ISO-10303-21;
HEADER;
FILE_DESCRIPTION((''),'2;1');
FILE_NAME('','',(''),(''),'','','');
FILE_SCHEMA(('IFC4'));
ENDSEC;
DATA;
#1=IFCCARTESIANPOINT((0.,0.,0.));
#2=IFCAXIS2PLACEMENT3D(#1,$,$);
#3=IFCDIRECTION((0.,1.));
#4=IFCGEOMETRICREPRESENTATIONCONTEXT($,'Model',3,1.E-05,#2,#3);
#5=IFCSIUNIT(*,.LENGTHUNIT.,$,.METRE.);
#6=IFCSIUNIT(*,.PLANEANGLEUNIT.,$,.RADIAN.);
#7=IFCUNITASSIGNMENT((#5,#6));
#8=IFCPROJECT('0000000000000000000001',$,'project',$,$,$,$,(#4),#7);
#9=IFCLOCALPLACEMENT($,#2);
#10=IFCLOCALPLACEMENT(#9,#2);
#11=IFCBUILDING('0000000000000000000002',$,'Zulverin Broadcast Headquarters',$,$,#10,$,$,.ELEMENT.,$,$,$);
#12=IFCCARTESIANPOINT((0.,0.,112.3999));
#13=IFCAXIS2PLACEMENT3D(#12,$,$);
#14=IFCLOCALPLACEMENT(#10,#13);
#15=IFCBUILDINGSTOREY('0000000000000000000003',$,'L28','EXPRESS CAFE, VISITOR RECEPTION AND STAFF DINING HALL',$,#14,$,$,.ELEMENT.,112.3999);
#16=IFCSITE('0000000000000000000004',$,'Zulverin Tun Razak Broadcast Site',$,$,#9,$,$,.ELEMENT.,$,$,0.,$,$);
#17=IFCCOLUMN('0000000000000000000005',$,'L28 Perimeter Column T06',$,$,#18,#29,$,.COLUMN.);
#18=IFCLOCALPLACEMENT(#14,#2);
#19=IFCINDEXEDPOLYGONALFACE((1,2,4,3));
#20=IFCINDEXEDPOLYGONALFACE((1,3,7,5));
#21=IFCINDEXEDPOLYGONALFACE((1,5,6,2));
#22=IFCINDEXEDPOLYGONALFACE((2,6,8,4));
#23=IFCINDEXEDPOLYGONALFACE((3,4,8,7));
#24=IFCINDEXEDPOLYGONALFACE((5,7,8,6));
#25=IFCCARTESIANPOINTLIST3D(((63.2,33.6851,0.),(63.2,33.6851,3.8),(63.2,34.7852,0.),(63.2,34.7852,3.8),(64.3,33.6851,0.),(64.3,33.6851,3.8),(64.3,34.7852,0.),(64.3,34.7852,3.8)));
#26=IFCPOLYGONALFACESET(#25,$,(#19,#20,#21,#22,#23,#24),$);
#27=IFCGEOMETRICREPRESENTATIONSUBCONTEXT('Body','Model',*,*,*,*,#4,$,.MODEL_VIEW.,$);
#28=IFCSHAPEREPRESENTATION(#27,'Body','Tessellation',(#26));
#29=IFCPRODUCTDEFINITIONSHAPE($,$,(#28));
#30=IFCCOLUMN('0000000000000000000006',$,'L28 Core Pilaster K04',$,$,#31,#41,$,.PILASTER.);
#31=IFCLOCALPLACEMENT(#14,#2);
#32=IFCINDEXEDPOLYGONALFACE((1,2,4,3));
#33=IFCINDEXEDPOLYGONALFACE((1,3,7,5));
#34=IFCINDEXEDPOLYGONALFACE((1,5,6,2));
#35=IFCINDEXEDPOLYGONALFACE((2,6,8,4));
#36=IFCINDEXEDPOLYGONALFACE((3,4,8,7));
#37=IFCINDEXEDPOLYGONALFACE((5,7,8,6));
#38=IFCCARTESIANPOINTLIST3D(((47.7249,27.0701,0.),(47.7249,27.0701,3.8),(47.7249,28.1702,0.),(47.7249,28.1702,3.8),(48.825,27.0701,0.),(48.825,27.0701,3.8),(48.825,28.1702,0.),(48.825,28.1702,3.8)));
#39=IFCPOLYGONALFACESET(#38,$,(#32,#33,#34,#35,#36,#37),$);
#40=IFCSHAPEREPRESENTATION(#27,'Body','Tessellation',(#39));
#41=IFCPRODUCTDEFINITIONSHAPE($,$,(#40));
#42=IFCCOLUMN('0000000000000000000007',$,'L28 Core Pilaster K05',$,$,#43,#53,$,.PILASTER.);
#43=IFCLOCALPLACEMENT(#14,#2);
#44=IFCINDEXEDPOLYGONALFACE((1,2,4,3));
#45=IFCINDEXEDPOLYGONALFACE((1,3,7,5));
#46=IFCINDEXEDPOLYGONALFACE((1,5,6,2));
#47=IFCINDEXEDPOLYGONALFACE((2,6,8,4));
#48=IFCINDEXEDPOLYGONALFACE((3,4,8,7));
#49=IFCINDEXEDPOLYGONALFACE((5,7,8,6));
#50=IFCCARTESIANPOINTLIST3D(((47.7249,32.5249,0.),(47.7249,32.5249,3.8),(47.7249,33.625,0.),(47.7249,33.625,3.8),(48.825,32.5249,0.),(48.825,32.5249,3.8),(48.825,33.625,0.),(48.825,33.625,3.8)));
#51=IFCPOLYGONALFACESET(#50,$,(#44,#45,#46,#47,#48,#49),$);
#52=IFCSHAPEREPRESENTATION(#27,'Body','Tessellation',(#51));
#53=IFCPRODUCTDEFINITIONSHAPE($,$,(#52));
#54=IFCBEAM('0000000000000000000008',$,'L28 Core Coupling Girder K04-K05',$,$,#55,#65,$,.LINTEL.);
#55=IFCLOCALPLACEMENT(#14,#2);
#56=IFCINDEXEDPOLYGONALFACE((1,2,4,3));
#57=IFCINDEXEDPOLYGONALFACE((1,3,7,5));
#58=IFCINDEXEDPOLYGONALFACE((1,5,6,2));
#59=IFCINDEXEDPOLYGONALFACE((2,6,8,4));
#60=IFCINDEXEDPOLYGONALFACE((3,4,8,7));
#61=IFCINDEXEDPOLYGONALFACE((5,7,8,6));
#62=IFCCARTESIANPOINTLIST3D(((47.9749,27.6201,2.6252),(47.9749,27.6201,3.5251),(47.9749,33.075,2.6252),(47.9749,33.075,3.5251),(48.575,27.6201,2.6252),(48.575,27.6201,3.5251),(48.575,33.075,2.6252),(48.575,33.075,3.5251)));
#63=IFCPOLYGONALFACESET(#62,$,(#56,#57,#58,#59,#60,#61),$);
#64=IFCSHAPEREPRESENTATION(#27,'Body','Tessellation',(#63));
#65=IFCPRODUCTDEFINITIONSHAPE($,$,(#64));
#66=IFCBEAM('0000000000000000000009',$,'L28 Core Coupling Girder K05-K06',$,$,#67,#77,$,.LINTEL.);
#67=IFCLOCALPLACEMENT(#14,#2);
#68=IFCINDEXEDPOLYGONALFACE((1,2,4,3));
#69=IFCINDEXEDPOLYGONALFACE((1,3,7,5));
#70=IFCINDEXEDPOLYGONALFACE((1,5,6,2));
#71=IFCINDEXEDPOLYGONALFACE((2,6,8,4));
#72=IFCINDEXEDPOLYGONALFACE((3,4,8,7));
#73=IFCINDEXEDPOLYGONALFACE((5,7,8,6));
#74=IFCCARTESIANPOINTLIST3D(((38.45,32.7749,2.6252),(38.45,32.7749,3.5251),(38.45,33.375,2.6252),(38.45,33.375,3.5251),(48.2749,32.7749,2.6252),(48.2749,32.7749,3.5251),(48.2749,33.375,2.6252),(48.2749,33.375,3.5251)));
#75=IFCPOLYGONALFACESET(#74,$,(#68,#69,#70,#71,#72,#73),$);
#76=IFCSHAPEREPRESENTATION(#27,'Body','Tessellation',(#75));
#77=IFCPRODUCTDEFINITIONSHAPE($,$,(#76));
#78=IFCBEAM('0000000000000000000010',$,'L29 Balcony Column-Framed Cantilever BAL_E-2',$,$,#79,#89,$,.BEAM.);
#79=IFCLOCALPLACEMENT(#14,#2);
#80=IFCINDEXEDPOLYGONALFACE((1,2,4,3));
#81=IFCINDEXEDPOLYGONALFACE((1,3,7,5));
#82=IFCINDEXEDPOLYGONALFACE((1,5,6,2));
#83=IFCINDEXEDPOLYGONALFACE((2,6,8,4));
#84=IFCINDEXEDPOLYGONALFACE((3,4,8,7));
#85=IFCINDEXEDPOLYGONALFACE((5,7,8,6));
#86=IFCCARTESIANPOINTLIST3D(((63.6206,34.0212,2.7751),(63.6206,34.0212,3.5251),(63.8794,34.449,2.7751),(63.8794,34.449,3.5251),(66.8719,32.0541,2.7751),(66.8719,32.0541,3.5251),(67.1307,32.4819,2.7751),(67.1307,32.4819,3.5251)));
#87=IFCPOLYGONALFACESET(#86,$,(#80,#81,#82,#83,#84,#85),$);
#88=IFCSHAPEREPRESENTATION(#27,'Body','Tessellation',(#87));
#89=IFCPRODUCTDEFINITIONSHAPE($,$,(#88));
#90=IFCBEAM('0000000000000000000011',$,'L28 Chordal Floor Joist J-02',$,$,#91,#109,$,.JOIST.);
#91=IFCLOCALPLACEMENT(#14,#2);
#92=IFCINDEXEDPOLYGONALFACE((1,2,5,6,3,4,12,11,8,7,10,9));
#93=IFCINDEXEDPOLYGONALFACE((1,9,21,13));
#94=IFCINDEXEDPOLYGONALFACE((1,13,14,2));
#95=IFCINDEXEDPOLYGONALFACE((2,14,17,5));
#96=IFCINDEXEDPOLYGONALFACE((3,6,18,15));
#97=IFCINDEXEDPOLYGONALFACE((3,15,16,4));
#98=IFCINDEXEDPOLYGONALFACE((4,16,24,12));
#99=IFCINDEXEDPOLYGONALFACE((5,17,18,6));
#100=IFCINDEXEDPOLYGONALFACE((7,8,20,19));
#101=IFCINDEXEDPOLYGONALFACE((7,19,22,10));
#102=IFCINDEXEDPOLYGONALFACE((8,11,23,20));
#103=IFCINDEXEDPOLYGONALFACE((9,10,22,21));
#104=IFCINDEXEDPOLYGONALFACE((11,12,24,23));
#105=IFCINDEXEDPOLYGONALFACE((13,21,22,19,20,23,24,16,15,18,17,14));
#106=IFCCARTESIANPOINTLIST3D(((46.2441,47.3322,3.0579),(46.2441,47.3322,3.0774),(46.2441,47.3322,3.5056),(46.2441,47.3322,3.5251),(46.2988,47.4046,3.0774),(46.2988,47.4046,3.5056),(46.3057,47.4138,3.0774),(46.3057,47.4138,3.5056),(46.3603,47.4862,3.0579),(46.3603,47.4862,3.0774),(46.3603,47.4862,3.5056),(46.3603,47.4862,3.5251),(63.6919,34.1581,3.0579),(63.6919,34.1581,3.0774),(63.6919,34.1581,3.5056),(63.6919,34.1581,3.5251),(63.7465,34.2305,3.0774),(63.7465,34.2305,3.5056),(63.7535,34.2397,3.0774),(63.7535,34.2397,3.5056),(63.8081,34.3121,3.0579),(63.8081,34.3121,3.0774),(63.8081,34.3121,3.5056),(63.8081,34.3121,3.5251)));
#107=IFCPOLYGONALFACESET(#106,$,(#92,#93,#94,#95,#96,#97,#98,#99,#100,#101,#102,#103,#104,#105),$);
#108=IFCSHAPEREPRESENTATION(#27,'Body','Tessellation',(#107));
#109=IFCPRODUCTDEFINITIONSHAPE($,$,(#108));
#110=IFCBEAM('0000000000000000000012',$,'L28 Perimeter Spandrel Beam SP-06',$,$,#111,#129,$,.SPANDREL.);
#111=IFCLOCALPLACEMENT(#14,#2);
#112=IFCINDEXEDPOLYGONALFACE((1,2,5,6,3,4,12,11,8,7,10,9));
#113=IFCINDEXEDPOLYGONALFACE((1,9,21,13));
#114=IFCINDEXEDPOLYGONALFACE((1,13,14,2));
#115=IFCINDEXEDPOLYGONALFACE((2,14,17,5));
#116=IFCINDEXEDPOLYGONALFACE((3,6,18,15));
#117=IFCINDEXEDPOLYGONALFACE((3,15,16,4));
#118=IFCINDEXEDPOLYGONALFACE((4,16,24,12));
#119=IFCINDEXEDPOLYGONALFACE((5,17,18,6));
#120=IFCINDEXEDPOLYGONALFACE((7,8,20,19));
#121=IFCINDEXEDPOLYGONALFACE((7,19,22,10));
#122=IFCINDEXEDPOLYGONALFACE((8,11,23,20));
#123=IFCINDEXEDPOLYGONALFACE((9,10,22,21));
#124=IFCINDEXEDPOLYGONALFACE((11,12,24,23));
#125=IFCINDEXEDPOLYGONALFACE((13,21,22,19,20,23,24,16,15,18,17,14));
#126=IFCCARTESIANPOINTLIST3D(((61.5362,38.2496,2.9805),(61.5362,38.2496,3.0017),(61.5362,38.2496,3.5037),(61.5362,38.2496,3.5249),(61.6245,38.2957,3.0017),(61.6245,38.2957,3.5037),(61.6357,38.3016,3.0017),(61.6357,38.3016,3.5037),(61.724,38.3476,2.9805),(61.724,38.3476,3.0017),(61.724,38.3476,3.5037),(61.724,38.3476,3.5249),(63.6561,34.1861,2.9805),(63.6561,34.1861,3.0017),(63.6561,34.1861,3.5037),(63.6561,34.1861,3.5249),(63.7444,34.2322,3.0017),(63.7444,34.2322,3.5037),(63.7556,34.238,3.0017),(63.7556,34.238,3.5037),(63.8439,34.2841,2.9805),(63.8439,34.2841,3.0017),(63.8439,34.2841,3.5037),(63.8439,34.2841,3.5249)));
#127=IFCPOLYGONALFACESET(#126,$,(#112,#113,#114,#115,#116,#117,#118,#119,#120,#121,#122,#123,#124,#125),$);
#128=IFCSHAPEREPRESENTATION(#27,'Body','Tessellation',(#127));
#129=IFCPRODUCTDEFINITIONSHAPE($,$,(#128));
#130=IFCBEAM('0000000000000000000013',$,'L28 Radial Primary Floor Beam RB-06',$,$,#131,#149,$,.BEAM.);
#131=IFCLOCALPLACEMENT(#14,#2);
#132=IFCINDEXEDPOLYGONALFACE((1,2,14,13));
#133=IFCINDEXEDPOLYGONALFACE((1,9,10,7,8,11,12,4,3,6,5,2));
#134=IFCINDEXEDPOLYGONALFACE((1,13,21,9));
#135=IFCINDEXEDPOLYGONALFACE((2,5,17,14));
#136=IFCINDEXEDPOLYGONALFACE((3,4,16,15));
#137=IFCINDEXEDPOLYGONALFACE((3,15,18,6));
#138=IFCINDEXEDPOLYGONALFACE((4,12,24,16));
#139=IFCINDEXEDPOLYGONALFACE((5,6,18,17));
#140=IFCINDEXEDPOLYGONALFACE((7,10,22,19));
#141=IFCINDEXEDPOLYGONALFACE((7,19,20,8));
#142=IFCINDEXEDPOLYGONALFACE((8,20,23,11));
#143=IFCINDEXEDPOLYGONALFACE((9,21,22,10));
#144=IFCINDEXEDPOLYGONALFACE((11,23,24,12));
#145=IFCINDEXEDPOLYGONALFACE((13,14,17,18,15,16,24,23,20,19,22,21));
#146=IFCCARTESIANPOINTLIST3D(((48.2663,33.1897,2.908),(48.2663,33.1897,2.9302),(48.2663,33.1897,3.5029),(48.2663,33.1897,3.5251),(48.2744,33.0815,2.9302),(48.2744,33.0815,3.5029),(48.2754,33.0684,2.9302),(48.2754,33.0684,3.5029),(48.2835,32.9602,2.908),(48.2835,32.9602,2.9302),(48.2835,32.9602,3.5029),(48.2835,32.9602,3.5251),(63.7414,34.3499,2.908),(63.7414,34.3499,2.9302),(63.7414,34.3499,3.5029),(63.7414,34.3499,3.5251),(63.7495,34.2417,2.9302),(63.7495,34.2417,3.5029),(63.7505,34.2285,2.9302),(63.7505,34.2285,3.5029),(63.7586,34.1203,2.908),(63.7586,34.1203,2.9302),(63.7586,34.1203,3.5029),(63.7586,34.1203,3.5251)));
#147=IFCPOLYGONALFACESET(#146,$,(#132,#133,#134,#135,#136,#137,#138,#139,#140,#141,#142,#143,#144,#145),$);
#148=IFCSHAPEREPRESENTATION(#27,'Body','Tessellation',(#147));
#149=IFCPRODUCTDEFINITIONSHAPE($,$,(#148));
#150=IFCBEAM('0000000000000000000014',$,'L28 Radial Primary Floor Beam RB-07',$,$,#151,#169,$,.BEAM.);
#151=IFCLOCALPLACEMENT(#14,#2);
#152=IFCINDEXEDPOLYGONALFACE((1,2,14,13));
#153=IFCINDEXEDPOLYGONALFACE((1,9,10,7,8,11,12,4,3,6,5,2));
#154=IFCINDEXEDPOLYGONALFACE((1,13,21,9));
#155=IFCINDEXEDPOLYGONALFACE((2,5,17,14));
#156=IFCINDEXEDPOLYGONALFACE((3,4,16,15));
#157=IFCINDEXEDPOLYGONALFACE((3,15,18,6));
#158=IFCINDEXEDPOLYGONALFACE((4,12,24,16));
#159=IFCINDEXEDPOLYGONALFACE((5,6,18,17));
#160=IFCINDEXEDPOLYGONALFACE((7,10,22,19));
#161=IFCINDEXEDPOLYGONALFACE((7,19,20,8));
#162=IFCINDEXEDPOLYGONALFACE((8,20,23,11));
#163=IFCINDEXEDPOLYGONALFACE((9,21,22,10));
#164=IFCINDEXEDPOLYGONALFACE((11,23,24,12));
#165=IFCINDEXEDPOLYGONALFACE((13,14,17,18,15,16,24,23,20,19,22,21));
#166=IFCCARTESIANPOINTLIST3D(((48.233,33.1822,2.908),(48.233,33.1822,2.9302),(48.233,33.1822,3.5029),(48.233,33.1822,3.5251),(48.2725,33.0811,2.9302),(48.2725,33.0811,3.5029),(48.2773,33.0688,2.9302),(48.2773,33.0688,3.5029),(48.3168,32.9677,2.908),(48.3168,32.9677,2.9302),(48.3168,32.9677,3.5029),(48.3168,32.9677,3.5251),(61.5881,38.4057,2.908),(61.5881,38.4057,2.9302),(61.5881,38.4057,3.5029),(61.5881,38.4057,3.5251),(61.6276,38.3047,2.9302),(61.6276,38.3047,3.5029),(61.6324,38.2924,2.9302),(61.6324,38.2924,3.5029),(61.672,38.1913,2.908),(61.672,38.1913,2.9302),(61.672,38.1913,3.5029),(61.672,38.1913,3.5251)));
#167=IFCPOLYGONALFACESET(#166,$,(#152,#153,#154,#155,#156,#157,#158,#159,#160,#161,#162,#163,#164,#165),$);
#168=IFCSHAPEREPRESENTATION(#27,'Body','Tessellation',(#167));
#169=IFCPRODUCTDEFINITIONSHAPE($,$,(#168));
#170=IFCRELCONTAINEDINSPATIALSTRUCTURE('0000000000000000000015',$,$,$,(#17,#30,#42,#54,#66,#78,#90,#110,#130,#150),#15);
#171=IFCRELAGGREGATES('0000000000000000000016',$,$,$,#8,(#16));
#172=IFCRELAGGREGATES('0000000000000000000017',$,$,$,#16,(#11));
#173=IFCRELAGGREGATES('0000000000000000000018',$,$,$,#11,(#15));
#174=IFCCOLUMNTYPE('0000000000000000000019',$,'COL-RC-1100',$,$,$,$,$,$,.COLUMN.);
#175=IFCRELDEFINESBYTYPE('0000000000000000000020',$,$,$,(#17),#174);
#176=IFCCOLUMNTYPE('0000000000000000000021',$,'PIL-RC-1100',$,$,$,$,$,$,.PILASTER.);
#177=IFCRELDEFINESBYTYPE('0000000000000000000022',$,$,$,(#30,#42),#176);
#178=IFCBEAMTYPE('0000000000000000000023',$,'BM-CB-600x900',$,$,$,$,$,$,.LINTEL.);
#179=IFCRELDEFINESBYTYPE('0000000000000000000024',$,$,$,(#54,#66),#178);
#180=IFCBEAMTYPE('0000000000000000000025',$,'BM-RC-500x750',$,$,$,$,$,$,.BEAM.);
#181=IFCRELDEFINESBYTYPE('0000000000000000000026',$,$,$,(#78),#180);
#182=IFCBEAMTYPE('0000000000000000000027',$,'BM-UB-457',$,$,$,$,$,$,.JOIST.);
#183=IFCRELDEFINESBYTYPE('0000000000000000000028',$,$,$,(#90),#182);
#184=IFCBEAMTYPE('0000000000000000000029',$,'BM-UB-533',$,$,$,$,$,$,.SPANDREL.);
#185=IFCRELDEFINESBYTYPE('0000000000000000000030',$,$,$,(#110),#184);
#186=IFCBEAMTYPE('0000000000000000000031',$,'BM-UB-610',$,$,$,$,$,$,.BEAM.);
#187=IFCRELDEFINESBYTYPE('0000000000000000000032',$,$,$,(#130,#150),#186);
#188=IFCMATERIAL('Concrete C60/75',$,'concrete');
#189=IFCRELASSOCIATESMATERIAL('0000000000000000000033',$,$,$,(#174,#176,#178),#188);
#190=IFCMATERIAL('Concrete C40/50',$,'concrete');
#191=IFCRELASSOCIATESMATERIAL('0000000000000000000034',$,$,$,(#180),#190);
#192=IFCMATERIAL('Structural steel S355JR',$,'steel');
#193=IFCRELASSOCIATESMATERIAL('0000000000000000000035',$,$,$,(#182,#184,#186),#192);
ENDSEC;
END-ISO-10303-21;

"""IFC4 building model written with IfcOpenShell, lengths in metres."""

from ifc_helpers import new_model, si_unit, direction, frame, origin, origin_2d, place, context, subcontext, project, spatial, rectangle, i_section, extrude, material, material_profile, profile_set, type_object, element, save


model = new_model("IFC4")

# Units and contexts
model_context = context("Model", 3, precision=1e-05, world=origin(), true_north=direction((0.0, 1.0)))
body_context = subcontext(model_context, "Body", "Model", "MODEL_VIEW")
ifc_project = project(units=[si_unit("LENGTHUNIT", "METRE"), si_unit("PLANEANGLEUNIT", "RADIAN")], contexts=[model_context])

# Site, building, storey
site_placement = place(None, origin())
site = spatial("IfcSite", under=ifc_project, at=site_placement, Name="Zulverin Tun Razak Broadcast Site", CompositionType="ELEMENT", RefElevation=0.0)
building_placement = place(site_placement, origin())
building = spatial("IfcBuilding", under=site, at=building_placement, Name="Zulverin Broadcast Headquarters", CompositionType="ELEMENT")
storey_placement = place(building_placement, frame((0.0, 0.0, 112.3999)))
storey = spatial("IfcBuildingStorey", under=building, at=storey_placement, Name="L28", Description="EXPRESS CAFE, VISITOR RECEPTION AND STAFF DINING HALL", CompositionType="ELEMENT", Elevation=112.3999)

# Columns
ifc_material_1 = material(Name="Concrete C60/75", Category="concrete")
ifc_material_profile_1 = material_profile(ifc_material_1, rectangle(XDim=1.1001, YDim=1.1001, at=origin_2d()), Name="Concrete C60/75", Category="concrete")
ifc_profile_set_1 = profile_set([ifc_material_profile_1], Name="Concrete C60/75")
column_type_1 = type_object("IfcColumnType", Name="COL-RC-1100", PredefinedType="COLUMN", material=ifc_profile_set_1)
column_placement = place(storey_placement, frame((63.75, 34.2351, 0.0), z_axis=(0.0, 0.0, 1.0), x_axis=(1.0, 0.0, 0.0)))
element("IfcColumn", 1, at=column_placement, inside=storey, type_object=column_type_1, Name="L28 Perimeter Column T06", PredefinedType="COLUMN", context=body_context, shape_type="SweptSolid", body=[
    extrude(rectangle(XDim=1.1001, YDim=1.1001, at=origin_2d()), origin(), (0.0, 0.0, 1.0), 3.8),
])
ifc_material_profile_2 = material_profile(ifc_material_1, rectangle(XDim=1.1001, YDim=1.1001, at=origin_2d()), Name="Concrete C60/75", Category="concrete")
ifc_profile_set_2 = profile_set([ifc_material_profile_2], Name="Concrete C60/75")
column_type_2 = type_object("IfcColumnType", Name="PIL-RC-1100", PredefinedType="PILASTER", material=ifc_profile_set_2)
for number, where, z_axis, x_axis, name in (
    (2, (48.2749, 27.6201, 0.0), (0.0, 0.0, 1.0), (1.0, 0.0, 0.0), "L28 Core Pilaster K04"),
    (3, (48.2749, 33.075, 0.0), (0.0, 0.0, 1.0), (1.0, 0.0, 0.0), "L28 Core Pilaster K05"),
):
    element("IfcColumn", number, at=place(storey_placement, frame(where, z_axis=z_axis, x_axis=x_axis)), inside=storey, type_object=column_type_2, Name=name, PredefinedType="PILASTER", context=body_context, shape_type="SweptSolid", body=[
        extrude(rectangle(XDim=1.1001, YDim=1.1001, at=origin_2d()), origin(), (0.0, 0.0, 1.0), 3.8),
    ])

# Beams
ifc_material_profile_3 = material_profile(ifc_material_1, rectangle(XDim=0.6001, YDim=0.8999, at=origin_2d()), Name="Concrete C60/75", Category="concrete")
ifc_profile_set_3 = profile_set([ifc_material_profile_3], Name="Concrete C60/75")
beam_type_1 = type_object("IfcBeamType", Name="BM-CB-600x900", PredefinedType="LINTEL", material=ifc_profile_set_3)
beam_1_placement = place(storey_placement, frame((48.2749, 27.6201, 3.0752), z_axis=(0.0, 1.0, 0.0), x_axis=(-1.0, 0.0, 0.0)))
element("IfcBeam", 4, at=beam_1_placement, inside=storey, type_object=beam_type_1, Name="L28 Core Coupling Girder K04-K05", PredefinedType="LINTEL", context=body_context, shape_type="SweptSolid", body=[
    extrude(rectangle(XDim=0.6001, YDim=0.8999, at=origin_2d()), origin(), (0.0, 0.0, 1.0), 5.4548),
])
beam_2_placement = place(storey_placement, frame((48.2749, 33.075, 3.0752), z_axis=(-1.0, 0.0, 0.0), x_axis=(0.0, -1.0, 0.0)))
element("IfcBeam", 5, at=beam_2_placement, inside=storey, type_object=beam_type_1, Name="L28 Core Coupling Girder K05-K06", PredefinedType="LINTEL", context=body_context, shape_type="SweptSolid", body=[
    extrude(rectangle(XDim=0.6001, YDim=0.8999, at=origin_2d()), origin(), (0.0, 0.0, 1.0), 9.825),
])
ifc_material_2 = material(Name="Concrete C40/50", Category="concrete")
ifc_material_profile_4 = material_profile(ifc_material_2, rectangle(XDim=0.5, YDim=0.75, at=origin_2d()), Name="Concrete C40/50", Category="concrete")
ifc_profile_set_4 = profile_set([ifc_material_profile_4], Name="Concrete C40/50")
beam_type_2 = type_object("IfcBeamType", Name="BM-RC-500x750", PredefinedType="BEAM", material=ifc_profile_set_4)
beam_3_placement = place(storey_placement, frame((63.75, 34.2351, 3.1501), z_axis=(0.855594, -0.517648, 0.0), x_axis=(0.517648, 0.855594, 0.0)))
element("IfcBeam", 6, at=beam_3_placement, inside=storey, type_object=beam_type_2, Name="L29 Balcony Column-Framed Cantilever BAL_E-2", PredefinedType="BEAM", context=body_context, shape_type="SweptSolid", body=[
    extrude(rectangle(XDim=0.5, YDim=0.75, at=origin_2d()), origin(), (0.0, 0.0, 1.0), 3.8),
])
ifc_material_3 = material(Name="Structural steel S355JR", Category="steel")
ifc_material_profile_5 = material_profile(ifc_material_3, i_section(OverallWidth=0.1929, OverallDepth=0.4673, WebThickness=0.0115, FlangeThickness=0.0195, at=origin_2d()), Name="Structural steel S355JR", Category="steel")
ifc_profile_set_5 = profile_set([ifc_material_profile_5], Name="Structural steel S355JR")
beam_type_3 = type_object("IfcBeamType", Name="BM-UB-457", PredefinedType="JOIST", material=ifc_profile_set_5)
beam_4_placement = place(storey_placement, frame((63.75, 34.2351, 3.2915), z_axis=(-0.798058, 0.60258, 0.0), x_axis=(-0.60258, -0.798058, 0.0)))
element("IfcBeam", 7, at=beam_4_placement, inside=storey, type_object=beam_type_3, Name="L28 Chordal Floor Joist J-02", PredefinedType="JOIST", context=body_context, shape_type="SweptSolid", body=[
    extrude(i_section(OverallWidth=0.1929, OverallDepth=0.4673, WebThickness=0.0115, FlangeThickness=0.0195, at=origin_2d()), origin(), (0.0, 0.0, 1.0), 21.8628),
])
ifc_material_profile_6 = material_profile(ifc_material_3, i_section(OverallWidth=0.2119, OverallDepth=0.5444, WebThickness=0.0127, FlangeThickness=0.0212, at=origin_2d()), Name="Structural steel S355JR", Category="steel")
ifc_profile_set_6 = profile_set([ifc_material_profile_6], Name="Structural steel S355JR")
beam_type_4 = type_object("IfcBeamType", Name="BM-UB-533", PredefinedType="SPANDREL", material=ifc_profile_set_6)
beam_5_placement = place(storey_placement, frame((63.75, 34.2351, 3.2527), z_axis=(-0.462531, 0.886603, 0.0), x_axis=(-0.886603, -0.462531, 0.0)))
element("IfcBeam", 8, at=beam_5_placement, inside=storey, type_object=beam_type_4, Name="L28 Perimeter Spandrel Beam SP-06", PredefinedType="SPANDREL", context=body_context, shape_type="SweptSolid", body=[
    extrude(i_section(OverallWidth=0.2119, OverallDepth=0.5444, WebThickness=0.0127, FlangeThickness=0.0212, at=origin_2d()), origin(), (0.0, 0.0, 1.0), 4.5833),
])
ifc_material_profile_7 = material_profile(ifc_material_3, i_section(OverallWidth=0.2302, OverallDepth=0.6172, WebThickness=0.0132, FlangeThickness=0.0222, at=origin_2d()), Name="Structural steel S355JR", Category="steel")
ifc_profile_set_7 = profile_set([ifc_material_profile_7], Name="Structural steel S355JR")
beam_type_5 = type_object("IfcBeamType", Name="BM-UB-610", PredefinedType="BEAM", material=ifc_profile_set_7)
beam_6_placement = place(storey_placement, frame((48.2749, 33.075, 3.2166), z_axis=(0.997202, 0.074759, 0.0), x_axis=(-0.074759, 0.997202, 0.0)))
element("IfcBeam", 9, at=beam_6_placement, inside=storey, type_object=beam_type_5, Name="L28 Radial Primary Floor Beam RB-06", PredefinedType="BEAM", context=body_context, shape_type="SweptSolid", body=[
    extrude(i_section(OverallWidth=0.2302, OverallDepth=0.6172, WebThickness=0.0132, FlangeThickness=0.0222, at=origin_2d()), origin(), (0.0, 0.0, 1.0), 15.5186),
])
beam_7_placement = place(storey_placement, frame((48.2749, 33.075, 3.2166), z_axis=(0.931298, 0.364259, 0.0), x_axis=(-0.364259, 0.931298, 0.0)))
element("IfcBeam", 10, at=beam_7_placement, inside=storey, type_object=beam_type_5, Name="L28 Radial Primary Floor Beam RB-07", PredefinedType="BEAM", context=body_context, shape_type="SweptSolid", body=[
    extrude(i_section(OverallWidth=0.2302, OverallDepth=0.6172, WebThickness=0.0132, FlangeThickness=0.0222, at=origin_2d()), origin(), (0.0, 0.0, 1.0), 14.3403),
])

save(model, "model.ifc")
